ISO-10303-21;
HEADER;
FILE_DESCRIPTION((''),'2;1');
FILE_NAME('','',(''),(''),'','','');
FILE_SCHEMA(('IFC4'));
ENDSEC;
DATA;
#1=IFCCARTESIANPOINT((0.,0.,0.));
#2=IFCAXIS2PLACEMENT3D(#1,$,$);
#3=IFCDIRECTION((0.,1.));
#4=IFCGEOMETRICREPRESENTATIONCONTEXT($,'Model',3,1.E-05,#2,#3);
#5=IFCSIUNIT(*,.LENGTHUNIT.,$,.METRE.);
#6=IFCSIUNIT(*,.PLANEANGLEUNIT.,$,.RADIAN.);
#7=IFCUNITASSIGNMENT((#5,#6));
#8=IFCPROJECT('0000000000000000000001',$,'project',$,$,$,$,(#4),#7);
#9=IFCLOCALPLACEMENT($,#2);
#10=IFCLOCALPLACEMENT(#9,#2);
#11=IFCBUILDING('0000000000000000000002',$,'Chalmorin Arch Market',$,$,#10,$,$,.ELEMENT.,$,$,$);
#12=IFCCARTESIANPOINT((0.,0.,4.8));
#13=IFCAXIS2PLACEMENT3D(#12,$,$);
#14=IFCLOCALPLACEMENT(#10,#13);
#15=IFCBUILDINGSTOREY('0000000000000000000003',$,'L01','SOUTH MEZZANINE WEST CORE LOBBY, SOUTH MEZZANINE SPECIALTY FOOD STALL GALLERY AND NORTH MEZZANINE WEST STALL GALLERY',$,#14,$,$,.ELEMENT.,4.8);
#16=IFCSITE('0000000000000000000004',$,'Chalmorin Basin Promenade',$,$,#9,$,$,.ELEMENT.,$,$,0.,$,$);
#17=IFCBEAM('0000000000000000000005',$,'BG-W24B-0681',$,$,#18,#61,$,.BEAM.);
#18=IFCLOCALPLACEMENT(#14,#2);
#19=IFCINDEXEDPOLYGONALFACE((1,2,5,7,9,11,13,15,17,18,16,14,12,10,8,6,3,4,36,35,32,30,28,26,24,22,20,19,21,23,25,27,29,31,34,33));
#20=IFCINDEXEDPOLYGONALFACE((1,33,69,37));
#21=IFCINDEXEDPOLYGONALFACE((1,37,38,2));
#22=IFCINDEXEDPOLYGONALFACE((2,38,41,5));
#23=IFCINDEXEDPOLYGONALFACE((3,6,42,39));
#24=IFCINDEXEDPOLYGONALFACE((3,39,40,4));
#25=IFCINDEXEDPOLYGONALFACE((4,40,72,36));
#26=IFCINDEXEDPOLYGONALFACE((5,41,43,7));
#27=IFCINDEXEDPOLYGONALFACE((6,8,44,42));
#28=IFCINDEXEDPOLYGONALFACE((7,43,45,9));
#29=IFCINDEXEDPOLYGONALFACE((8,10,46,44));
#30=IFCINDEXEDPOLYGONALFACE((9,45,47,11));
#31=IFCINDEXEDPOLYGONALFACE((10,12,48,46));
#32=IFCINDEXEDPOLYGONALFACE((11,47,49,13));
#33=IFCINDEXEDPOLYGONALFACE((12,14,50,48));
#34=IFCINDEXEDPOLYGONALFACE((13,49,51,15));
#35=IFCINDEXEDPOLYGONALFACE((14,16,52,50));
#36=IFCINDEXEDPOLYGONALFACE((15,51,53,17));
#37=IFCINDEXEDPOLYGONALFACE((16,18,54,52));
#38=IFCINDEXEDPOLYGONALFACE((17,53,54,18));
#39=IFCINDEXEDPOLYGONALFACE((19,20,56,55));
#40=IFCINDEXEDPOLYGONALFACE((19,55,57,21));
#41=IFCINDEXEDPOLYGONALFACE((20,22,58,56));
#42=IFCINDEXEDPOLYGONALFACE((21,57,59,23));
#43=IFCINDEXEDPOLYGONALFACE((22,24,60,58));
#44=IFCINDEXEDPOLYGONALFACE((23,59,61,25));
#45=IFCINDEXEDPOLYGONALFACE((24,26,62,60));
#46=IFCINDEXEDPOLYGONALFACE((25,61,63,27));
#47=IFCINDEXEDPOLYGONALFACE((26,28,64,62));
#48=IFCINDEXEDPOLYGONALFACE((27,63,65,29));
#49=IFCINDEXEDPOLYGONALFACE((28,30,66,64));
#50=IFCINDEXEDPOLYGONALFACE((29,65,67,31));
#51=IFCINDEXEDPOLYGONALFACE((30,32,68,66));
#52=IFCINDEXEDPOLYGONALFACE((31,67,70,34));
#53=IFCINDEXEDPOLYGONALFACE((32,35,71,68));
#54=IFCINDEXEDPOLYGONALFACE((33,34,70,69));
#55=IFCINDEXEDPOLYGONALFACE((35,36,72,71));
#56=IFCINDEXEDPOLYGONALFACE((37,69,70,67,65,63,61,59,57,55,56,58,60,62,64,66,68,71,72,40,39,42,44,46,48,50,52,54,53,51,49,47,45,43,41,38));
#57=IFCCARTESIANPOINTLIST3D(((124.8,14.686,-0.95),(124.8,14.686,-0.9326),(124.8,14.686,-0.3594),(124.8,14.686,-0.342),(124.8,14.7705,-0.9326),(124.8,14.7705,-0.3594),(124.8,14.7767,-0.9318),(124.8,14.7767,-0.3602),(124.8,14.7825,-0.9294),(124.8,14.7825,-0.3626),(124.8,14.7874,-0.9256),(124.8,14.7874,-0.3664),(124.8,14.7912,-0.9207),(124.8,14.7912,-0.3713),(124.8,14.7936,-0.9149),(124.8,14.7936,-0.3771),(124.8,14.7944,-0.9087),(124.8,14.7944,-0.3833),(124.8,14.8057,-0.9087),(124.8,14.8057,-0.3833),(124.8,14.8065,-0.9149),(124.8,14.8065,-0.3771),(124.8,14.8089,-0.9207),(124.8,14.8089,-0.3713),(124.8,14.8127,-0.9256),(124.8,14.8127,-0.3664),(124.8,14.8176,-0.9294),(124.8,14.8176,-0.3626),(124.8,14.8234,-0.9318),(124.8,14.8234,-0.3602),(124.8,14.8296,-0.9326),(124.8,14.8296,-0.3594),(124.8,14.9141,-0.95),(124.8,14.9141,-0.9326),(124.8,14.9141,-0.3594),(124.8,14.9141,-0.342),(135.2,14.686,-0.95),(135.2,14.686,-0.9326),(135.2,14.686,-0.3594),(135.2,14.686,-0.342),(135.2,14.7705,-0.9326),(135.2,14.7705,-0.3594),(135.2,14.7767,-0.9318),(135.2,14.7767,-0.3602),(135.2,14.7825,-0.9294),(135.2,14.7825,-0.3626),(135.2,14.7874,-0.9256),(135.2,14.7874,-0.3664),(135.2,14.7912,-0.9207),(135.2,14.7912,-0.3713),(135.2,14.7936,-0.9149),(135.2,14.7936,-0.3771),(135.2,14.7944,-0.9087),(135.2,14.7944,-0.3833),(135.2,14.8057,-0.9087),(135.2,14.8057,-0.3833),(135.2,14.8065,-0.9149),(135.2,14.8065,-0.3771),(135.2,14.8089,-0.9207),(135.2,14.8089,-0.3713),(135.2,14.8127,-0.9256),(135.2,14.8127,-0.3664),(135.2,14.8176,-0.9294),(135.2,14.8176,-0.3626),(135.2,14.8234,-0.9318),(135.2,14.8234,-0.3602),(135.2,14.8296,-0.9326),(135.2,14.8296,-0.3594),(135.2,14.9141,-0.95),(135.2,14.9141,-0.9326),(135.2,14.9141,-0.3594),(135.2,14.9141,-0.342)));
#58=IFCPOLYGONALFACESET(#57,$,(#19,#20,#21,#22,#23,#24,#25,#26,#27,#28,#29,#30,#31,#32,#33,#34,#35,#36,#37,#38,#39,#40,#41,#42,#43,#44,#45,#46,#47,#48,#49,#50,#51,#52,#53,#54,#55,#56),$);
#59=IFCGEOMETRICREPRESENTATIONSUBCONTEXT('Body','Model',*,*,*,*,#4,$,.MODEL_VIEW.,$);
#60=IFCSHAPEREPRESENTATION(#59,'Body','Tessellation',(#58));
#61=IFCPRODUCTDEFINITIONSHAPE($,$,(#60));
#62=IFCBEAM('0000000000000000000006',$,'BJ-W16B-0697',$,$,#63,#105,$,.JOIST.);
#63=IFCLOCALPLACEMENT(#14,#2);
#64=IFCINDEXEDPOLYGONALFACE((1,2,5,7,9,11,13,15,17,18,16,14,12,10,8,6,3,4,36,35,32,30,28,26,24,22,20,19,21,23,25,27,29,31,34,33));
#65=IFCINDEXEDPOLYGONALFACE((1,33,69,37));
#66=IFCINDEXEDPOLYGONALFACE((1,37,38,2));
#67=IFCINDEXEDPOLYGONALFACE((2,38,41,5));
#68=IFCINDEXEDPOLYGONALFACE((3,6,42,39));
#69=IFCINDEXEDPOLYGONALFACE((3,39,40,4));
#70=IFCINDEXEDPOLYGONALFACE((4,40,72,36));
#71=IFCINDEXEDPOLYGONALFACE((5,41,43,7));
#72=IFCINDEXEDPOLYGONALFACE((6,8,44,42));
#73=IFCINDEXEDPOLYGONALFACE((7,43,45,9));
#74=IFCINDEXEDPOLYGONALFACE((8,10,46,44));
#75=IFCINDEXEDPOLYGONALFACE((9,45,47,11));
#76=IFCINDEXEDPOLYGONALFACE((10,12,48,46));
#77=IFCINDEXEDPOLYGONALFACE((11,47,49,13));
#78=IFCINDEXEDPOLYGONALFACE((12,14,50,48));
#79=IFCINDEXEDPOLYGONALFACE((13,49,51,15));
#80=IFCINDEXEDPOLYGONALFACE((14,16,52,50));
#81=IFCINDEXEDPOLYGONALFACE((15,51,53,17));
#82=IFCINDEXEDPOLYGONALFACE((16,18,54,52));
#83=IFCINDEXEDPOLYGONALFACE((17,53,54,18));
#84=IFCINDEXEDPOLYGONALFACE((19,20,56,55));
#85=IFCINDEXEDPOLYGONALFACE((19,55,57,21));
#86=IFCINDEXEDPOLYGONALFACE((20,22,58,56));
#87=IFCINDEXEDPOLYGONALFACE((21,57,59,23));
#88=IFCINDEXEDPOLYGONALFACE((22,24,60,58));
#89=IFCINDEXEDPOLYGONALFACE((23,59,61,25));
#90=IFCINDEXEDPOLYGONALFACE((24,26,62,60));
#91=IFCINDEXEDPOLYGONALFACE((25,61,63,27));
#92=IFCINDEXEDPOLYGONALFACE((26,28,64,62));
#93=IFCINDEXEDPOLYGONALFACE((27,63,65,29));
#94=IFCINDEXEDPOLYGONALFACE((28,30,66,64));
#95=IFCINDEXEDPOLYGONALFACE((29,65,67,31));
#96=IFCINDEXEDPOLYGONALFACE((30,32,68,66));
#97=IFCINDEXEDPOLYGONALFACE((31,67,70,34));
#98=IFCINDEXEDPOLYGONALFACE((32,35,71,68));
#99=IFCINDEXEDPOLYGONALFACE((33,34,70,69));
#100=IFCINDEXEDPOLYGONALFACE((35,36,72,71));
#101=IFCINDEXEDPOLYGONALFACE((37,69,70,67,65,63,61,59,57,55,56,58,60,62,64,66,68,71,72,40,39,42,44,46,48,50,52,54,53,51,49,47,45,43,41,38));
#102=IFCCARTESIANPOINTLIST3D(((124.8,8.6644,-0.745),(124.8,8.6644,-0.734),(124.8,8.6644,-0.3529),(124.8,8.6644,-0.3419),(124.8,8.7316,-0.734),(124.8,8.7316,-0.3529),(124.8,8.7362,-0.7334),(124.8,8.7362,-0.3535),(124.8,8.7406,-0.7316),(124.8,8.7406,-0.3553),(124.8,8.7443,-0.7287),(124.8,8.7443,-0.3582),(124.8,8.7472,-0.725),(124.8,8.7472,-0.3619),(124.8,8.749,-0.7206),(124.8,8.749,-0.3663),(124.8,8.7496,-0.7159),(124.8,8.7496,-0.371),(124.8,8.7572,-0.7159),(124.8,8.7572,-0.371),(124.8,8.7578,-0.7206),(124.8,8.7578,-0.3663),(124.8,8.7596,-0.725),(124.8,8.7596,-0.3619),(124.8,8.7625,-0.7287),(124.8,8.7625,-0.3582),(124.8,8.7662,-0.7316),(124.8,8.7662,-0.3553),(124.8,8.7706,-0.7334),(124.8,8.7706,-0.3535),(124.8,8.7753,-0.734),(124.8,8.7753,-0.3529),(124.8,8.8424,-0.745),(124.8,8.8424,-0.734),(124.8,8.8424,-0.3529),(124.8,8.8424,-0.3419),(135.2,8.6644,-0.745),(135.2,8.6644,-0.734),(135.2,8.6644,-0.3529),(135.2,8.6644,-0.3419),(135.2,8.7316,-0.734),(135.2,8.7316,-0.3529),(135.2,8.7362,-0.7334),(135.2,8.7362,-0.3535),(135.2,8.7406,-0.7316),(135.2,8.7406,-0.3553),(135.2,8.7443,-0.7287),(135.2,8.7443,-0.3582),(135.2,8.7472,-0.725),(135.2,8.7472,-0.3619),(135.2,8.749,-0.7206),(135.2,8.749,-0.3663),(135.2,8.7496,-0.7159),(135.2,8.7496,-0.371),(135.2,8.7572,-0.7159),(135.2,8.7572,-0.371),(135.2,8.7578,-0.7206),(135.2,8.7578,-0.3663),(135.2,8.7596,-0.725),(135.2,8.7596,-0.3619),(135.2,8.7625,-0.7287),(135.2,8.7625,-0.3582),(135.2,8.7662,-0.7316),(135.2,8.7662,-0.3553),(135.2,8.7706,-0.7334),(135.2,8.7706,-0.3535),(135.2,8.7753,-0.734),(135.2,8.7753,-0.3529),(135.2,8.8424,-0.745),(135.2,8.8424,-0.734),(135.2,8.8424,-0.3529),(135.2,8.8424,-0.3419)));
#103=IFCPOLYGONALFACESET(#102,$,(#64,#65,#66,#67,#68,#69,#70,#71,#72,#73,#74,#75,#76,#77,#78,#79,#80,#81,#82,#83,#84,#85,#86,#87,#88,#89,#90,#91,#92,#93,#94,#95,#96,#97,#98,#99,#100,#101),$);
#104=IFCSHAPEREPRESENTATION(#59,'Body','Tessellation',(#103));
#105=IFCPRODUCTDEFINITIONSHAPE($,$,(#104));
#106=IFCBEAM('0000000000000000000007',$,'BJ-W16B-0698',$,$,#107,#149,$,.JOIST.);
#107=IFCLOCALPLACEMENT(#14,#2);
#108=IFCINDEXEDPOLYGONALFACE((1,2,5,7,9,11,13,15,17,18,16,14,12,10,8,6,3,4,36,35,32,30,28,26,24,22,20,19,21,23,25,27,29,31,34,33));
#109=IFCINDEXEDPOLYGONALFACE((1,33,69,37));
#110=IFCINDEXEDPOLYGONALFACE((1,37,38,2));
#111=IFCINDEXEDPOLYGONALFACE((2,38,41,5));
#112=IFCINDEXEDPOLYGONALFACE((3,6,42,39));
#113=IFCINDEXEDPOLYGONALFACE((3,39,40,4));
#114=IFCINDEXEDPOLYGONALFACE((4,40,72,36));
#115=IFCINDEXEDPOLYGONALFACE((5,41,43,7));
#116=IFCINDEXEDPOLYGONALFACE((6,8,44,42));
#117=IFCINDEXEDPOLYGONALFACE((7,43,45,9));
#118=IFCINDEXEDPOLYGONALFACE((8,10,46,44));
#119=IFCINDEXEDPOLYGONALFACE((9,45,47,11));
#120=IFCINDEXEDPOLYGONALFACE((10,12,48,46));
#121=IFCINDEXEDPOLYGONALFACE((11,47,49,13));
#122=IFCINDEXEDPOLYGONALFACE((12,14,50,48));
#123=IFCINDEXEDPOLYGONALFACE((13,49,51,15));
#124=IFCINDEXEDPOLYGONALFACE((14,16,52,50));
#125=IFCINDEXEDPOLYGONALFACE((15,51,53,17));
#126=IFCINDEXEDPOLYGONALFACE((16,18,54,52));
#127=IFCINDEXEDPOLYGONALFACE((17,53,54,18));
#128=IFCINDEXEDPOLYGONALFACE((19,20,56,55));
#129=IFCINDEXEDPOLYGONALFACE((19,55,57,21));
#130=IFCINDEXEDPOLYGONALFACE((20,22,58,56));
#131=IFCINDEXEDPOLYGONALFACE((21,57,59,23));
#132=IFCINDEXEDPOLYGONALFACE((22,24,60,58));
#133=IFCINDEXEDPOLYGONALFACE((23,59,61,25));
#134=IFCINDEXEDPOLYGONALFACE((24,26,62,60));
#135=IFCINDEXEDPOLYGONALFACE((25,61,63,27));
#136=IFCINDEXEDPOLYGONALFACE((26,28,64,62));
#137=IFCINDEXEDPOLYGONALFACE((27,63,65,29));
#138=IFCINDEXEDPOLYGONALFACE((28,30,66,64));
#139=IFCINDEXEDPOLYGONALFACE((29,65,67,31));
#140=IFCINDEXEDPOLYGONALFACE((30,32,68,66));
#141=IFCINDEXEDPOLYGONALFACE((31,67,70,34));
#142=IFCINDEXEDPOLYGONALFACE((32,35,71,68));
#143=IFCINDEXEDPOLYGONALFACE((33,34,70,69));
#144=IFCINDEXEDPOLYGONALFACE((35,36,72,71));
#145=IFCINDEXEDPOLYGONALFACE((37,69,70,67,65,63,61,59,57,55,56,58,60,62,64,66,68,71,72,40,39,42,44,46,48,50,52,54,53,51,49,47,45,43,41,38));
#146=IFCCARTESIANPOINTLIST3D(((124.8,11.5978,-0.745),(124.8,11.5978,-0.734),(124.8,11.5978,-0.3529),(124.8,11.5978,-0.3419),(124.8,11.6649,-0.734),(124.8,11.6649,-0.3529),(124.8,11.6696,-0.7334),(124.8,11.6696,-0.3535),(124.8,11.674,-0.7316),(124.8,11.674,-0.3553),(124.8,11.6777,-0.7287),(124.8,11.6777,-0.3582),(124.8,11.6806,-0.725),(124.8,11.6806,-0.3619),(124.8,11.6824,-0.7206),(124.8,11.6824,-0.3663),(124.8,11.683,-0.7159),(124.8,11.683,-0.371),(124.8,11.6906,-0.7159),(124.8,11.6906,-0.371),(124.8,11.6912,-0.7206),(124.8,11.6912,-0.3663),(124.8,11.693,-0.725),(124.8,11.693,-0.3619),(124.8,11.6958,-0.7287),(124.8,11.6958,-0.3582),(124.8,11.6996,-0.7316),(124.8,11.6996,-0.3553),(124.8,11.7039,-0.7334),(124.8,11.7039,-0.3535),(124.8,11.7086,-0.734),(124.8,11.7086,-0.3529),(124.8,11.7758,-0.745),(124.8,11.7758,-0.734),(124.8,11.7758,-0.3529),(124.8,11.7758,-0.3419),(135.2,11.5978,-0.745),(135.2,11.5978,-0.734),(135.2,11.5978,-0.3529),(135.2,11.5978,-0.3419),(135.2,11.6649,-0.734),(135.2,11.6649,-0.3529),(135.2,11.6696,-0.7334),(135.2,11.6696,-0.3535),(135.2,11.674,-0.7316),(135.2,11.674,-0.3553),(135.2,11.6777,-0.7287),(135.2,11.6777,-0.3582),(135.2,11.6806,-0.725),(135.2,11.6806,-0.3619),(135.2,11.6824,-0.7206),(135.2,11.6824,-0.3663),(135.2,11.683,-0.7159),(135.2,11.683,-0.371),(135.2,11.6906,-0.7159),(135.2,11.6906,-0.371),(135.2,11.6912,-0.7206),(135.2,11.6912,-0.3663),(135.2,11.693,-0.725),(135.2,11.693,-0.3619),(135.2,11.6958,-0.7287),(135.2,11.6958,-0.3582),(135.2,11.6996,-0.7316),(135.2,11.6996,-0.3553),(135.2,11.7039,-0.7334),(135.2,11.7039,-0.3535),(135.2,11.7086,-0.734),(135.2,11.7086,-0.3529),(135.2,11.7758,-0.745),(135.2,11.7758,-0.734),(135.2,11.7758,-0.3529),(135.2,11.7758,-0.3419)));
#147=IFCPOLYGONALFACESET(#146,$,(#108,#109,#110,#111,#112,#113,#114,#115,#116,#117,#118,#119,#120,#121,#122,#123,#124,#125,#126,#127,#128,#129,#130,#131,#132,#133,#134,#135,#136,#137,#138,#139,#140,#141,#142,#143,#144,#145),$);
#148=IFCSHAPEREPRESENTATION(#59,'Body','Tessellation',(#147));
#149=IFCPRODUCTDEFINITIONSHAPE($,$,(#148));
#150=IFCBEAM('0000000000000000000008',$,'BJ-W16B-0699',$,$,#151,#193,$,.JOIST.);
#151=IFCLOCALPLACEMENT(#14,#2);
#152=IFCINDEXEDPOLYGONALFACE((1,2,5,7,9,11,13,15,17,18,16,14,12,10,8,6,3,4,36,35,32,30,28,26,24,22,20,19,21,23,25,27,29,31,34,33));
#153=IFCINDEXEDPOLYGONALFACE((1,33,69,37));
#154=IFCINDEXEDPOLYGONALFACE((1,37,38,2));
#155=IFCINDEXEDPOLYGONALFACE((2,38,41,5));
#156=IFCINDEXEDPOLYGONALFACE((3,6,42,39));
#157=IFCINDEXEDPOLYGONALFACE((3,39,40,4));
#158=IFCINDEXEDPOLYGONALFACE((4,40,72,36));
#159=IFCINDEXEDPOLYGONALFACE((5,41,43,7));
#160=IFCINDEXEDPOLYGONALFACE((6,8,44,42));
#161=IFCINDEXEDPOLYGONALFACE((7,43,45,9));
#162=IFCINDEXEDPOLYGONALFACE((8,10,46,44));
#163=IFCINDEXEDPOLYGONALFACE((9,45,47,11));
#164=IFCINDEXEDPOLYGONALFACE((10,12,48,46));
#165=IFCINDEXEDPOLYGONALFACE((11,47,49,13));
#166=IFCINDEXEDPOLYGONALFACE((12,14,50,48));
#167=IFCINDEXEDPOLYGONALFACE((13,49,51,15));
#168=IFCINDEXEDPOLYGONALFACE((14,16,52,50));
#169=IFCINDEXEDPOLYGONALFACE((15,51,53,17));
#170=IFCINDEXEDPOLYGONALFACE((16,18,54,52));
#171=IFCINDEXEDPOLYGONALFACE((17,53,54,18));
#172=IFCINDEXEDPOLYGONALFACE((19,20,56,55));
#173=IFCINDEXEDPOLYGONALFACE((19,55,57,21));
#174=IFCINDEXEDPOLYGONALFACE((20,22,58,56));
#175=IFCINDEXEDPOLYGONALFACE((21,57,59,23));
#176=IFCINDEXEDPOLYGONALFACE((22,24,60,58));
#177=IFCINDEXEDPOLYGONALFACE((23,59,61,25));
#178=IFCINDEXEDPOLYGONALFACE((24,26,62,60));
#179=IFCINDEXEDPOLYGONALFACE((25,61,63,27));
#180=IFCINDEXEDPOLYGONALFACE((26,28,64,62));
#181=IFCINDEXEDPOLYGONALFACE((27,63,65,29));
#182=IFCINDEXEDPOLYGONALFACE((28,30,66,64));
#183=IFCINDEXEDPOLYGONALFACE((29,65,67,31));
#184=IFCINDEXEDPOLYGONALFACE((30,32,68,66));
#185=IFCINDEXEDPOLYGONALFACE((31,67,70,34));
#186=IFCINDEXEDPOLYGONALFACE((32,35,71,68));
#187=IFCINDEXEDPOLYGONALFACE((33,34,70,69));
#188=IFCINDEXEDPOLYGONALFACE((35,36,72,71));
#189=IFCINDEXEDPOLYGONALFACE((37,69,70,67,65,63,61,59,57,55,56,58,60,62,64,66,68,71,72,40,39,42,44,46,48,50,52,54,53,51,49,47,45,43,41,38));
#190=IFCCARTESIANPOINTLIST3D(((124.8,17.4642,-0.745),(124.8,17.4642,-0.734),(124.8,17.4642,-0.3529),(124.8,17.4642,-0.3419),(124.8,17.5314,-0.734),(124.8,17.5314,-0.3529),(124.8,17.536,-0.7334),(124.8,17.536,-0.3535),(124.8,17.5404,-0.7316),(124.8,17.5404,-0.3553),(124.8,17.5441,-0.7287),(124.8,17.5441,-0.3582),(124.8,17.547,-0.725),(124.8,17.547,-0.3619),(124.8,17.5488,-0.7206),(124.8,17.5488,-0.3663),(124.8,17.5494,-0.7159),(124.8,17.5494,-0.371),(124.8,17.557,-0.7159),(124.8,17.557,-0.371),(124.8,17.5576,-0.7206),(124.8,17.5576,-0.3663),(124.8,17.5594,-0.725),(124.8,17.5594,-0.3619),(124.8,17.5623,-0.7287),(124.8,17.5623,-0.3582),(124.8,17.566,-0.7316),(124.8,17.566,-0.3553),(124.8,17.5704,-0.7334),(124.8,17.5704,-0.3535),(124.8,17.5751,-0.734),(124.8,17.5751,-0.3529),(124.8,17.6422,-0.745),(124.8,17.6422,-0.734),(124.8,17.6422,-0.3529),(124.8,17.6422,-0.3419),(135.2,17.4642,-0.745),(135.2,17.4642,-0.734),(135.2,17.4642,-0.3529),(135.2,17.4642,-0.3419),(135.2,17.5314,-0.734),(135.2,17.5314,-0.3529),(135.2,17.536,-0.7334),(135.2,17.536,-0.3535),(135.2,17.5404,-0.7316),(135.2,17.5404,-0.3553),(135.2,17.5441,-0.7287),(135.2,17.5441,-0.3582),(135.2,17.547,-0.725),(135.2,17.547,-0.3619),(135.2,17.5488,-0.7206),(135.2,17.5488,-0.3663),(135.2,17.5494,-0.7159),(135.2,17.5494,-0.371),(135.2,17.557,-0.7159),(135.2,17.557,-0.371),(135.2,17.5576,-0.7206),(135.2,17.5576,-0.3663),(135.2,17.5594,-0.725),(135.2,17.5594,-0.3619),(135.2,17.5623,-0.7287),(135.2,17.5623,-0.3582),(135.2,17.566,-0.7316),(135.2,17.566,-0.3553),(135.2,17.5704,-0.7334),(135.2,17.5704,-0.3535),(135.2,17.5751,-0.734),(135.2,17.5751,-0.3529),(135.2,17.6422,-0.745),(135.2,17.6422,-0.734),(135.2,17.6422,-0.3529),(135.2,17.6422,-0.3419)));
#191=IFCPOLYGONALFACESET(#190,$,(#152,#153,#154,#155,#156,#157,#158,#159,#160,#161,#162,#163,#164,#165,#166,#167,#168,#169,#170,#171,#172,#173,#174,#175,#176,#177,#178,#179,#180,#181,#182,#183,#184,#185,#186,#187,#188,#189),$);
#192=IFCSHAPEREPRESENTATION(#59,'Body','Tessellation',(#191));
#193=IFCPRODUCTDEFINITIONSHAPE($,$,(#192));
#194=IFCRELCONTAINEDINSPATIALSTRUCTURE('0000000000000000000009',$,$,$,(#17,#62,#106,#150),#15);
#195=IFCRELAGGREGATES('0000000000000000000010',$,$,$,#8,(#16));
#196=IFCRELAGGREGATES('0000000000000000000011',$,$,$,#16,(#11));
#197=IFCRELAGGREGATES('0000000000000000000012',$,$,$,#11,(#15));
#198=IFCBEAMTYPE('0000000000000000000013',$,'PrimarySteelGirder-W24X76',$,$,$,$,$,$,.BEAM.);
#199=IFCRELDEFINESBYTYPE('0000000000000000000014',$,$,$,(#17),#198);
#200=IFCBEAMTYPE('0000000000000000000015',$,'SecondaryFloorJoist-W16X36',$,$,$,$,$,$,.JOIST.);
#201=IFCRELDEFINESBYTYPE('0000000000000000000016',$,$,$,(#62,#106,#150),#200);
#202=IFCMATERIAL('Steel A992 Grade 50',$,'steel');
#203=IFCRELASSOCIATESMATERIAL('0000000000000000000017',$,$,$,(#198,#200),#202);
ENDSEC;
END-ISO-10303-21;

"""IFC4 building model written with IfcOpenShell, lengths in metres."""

from ifc_helpers import new_model, si_unit, direction, frame, origin, origin_2d, place, context, subcontext, project, spatial, i_section, extrude, material, material_profile, profile_set, type_object, element, save


model = new_model("IFC4")

# Units and contexts
model_context = context("Model", 3, precision=1e-05, world=origin(), true_north=direction((0.0, 1.0)))
body_context = subcontext(model_context, "Body", "Model", "MODEL_VIEW")
ifc_project = project(units=[si_unit("LENGTHUNIT", "METRE"), si_unit("PLANEANGLEUNIT", "RADIAN")], contexts=[model_context])

# Site, building, storey
site_placement = place(None, origin())
site = spatial("IfcSite", under=ifc_project, at=site_placement, Name="Chalmorin Basin Promenade", CompositionType="ELEMENT", RefElevation=0.0)
building_placement = place(site_placement, origin())
building = spatial("IfcBuilding", under=site, at=building_placement, Name="Chalmorin Arch Market", CompositionType="ELEMENT")
storey_placement = place(building_placement, frame((0.0, 0.0, 4.8)))
storey = spatial("IfcBuildingStorey", under=building, at=storey_placement, Name="L01", Description="SOUTH MEZZANINE WEST CORE LOBBY, SOUTH MEZZANINE SPECIALTY FOOD STALL GALLERY AND NORTH MEZZANINE WEST STALL GALLERY", CompositionType="ELEMENT", Elevation=4.8)

# Shared definitions
ifc_material_1 = material(Name="Steel A992 Grade 50", Category="steel")

# Beams
ifc_material_profile_1 = material_profile(ifc_material_1, i_section(OverallWidth=0.228, OverallDepth=0.6079, WebThickness=0.0112, FlangeThickness=0.0173, FilletRadius=0.0239, at=origin_2d()), Name="W24X76")
ifc_profile_set_1 = profile_set([ifc_material_profile_1], Name="Steel A992 Grade 50")
beam_type_1 = type_object("IfcBeamType", Name="PrimarySteelGirder-W24X76", PredefinedType="BEAM", material=ifc_profile_set_1)
beam_placement = place(storey_placement, frame((124.8, 14.8, -0.646), z_axis=(1.0, 0.0, 0.0), x_axis=(0.0, 1.0, 0.0)))
element("IfcBeam", 1, at=beam_placement, inside=storey, type_object=beam_type_1, Name="BG-W24B-0681", PredefinedType="BEAM", context=body_context, shape_type="SweptSolid", body=[
    extrude(i_section(OverallWidth=0.228, OverallDepth=0.6079, WebThickness=0.0112, FlangeThickness=0.0173, FilletRadius=0.0239, at=origin_2d()), origin(), (0.0, 0.0, 1.0), 10.3999),
])
ifc_material_profile_2 = material_profile(ifc_material_1, i_section(OverallWidth=0.178, OverallDepth=0.4031, WebThickness=0.0076, FlangeThickness=0.011, FilletRadius=0.0181, at=origin_2d()), Name="W16X36")
ifc_profile_set_2 = profile_set([ifc_material_profile_2], Name="Steel A992 Grade 50")
beam_type_2 = type_object("IfcBeamType", Name="SecondaryFloorJoist-W16X36", PredefinedType="JOIST", material=ifc_profile_set_2)
for number, where, z_axis, x_axis, name in (
    (2, (124.8, 8.7534, -0.5435), (1.0, 0.0, 0.0), (0.0, 1.0, 0.0), "BJ-W16B-0697"),
    (3, (124.8, 11.6868, -0.5435), (1.0, 0.0, 0.0), (0.0, 1.0, 0.0), "BJ-W16B-0698"),
    (4, (124.8, 17.5532, -0.5435), (1.0, 0.0, 0.0), (0.0, 1.0, 0.0), "BJ-W16B-0699"),
):
    element("IfcBeam", number, at=place(storey_placement, frame(where, z_axis=z_axis, x_axis=x_axis)), inside=storey, type_object=beam_type_2, Name=name, PredefinedType="JOIST", context=body_context, shape_type="SweptSolid", body=[
        extrude(i_section(OverallWidth=0.178, OverallDepth=0.4031, WebThickness=0.0076, FlangeThickness=0.011, FilletRadius=0.0181, at=origin_2d()), origin(), (0.0, 0.0, 1.0), 10.3999),
    ])

save(model, "model.ifc")
